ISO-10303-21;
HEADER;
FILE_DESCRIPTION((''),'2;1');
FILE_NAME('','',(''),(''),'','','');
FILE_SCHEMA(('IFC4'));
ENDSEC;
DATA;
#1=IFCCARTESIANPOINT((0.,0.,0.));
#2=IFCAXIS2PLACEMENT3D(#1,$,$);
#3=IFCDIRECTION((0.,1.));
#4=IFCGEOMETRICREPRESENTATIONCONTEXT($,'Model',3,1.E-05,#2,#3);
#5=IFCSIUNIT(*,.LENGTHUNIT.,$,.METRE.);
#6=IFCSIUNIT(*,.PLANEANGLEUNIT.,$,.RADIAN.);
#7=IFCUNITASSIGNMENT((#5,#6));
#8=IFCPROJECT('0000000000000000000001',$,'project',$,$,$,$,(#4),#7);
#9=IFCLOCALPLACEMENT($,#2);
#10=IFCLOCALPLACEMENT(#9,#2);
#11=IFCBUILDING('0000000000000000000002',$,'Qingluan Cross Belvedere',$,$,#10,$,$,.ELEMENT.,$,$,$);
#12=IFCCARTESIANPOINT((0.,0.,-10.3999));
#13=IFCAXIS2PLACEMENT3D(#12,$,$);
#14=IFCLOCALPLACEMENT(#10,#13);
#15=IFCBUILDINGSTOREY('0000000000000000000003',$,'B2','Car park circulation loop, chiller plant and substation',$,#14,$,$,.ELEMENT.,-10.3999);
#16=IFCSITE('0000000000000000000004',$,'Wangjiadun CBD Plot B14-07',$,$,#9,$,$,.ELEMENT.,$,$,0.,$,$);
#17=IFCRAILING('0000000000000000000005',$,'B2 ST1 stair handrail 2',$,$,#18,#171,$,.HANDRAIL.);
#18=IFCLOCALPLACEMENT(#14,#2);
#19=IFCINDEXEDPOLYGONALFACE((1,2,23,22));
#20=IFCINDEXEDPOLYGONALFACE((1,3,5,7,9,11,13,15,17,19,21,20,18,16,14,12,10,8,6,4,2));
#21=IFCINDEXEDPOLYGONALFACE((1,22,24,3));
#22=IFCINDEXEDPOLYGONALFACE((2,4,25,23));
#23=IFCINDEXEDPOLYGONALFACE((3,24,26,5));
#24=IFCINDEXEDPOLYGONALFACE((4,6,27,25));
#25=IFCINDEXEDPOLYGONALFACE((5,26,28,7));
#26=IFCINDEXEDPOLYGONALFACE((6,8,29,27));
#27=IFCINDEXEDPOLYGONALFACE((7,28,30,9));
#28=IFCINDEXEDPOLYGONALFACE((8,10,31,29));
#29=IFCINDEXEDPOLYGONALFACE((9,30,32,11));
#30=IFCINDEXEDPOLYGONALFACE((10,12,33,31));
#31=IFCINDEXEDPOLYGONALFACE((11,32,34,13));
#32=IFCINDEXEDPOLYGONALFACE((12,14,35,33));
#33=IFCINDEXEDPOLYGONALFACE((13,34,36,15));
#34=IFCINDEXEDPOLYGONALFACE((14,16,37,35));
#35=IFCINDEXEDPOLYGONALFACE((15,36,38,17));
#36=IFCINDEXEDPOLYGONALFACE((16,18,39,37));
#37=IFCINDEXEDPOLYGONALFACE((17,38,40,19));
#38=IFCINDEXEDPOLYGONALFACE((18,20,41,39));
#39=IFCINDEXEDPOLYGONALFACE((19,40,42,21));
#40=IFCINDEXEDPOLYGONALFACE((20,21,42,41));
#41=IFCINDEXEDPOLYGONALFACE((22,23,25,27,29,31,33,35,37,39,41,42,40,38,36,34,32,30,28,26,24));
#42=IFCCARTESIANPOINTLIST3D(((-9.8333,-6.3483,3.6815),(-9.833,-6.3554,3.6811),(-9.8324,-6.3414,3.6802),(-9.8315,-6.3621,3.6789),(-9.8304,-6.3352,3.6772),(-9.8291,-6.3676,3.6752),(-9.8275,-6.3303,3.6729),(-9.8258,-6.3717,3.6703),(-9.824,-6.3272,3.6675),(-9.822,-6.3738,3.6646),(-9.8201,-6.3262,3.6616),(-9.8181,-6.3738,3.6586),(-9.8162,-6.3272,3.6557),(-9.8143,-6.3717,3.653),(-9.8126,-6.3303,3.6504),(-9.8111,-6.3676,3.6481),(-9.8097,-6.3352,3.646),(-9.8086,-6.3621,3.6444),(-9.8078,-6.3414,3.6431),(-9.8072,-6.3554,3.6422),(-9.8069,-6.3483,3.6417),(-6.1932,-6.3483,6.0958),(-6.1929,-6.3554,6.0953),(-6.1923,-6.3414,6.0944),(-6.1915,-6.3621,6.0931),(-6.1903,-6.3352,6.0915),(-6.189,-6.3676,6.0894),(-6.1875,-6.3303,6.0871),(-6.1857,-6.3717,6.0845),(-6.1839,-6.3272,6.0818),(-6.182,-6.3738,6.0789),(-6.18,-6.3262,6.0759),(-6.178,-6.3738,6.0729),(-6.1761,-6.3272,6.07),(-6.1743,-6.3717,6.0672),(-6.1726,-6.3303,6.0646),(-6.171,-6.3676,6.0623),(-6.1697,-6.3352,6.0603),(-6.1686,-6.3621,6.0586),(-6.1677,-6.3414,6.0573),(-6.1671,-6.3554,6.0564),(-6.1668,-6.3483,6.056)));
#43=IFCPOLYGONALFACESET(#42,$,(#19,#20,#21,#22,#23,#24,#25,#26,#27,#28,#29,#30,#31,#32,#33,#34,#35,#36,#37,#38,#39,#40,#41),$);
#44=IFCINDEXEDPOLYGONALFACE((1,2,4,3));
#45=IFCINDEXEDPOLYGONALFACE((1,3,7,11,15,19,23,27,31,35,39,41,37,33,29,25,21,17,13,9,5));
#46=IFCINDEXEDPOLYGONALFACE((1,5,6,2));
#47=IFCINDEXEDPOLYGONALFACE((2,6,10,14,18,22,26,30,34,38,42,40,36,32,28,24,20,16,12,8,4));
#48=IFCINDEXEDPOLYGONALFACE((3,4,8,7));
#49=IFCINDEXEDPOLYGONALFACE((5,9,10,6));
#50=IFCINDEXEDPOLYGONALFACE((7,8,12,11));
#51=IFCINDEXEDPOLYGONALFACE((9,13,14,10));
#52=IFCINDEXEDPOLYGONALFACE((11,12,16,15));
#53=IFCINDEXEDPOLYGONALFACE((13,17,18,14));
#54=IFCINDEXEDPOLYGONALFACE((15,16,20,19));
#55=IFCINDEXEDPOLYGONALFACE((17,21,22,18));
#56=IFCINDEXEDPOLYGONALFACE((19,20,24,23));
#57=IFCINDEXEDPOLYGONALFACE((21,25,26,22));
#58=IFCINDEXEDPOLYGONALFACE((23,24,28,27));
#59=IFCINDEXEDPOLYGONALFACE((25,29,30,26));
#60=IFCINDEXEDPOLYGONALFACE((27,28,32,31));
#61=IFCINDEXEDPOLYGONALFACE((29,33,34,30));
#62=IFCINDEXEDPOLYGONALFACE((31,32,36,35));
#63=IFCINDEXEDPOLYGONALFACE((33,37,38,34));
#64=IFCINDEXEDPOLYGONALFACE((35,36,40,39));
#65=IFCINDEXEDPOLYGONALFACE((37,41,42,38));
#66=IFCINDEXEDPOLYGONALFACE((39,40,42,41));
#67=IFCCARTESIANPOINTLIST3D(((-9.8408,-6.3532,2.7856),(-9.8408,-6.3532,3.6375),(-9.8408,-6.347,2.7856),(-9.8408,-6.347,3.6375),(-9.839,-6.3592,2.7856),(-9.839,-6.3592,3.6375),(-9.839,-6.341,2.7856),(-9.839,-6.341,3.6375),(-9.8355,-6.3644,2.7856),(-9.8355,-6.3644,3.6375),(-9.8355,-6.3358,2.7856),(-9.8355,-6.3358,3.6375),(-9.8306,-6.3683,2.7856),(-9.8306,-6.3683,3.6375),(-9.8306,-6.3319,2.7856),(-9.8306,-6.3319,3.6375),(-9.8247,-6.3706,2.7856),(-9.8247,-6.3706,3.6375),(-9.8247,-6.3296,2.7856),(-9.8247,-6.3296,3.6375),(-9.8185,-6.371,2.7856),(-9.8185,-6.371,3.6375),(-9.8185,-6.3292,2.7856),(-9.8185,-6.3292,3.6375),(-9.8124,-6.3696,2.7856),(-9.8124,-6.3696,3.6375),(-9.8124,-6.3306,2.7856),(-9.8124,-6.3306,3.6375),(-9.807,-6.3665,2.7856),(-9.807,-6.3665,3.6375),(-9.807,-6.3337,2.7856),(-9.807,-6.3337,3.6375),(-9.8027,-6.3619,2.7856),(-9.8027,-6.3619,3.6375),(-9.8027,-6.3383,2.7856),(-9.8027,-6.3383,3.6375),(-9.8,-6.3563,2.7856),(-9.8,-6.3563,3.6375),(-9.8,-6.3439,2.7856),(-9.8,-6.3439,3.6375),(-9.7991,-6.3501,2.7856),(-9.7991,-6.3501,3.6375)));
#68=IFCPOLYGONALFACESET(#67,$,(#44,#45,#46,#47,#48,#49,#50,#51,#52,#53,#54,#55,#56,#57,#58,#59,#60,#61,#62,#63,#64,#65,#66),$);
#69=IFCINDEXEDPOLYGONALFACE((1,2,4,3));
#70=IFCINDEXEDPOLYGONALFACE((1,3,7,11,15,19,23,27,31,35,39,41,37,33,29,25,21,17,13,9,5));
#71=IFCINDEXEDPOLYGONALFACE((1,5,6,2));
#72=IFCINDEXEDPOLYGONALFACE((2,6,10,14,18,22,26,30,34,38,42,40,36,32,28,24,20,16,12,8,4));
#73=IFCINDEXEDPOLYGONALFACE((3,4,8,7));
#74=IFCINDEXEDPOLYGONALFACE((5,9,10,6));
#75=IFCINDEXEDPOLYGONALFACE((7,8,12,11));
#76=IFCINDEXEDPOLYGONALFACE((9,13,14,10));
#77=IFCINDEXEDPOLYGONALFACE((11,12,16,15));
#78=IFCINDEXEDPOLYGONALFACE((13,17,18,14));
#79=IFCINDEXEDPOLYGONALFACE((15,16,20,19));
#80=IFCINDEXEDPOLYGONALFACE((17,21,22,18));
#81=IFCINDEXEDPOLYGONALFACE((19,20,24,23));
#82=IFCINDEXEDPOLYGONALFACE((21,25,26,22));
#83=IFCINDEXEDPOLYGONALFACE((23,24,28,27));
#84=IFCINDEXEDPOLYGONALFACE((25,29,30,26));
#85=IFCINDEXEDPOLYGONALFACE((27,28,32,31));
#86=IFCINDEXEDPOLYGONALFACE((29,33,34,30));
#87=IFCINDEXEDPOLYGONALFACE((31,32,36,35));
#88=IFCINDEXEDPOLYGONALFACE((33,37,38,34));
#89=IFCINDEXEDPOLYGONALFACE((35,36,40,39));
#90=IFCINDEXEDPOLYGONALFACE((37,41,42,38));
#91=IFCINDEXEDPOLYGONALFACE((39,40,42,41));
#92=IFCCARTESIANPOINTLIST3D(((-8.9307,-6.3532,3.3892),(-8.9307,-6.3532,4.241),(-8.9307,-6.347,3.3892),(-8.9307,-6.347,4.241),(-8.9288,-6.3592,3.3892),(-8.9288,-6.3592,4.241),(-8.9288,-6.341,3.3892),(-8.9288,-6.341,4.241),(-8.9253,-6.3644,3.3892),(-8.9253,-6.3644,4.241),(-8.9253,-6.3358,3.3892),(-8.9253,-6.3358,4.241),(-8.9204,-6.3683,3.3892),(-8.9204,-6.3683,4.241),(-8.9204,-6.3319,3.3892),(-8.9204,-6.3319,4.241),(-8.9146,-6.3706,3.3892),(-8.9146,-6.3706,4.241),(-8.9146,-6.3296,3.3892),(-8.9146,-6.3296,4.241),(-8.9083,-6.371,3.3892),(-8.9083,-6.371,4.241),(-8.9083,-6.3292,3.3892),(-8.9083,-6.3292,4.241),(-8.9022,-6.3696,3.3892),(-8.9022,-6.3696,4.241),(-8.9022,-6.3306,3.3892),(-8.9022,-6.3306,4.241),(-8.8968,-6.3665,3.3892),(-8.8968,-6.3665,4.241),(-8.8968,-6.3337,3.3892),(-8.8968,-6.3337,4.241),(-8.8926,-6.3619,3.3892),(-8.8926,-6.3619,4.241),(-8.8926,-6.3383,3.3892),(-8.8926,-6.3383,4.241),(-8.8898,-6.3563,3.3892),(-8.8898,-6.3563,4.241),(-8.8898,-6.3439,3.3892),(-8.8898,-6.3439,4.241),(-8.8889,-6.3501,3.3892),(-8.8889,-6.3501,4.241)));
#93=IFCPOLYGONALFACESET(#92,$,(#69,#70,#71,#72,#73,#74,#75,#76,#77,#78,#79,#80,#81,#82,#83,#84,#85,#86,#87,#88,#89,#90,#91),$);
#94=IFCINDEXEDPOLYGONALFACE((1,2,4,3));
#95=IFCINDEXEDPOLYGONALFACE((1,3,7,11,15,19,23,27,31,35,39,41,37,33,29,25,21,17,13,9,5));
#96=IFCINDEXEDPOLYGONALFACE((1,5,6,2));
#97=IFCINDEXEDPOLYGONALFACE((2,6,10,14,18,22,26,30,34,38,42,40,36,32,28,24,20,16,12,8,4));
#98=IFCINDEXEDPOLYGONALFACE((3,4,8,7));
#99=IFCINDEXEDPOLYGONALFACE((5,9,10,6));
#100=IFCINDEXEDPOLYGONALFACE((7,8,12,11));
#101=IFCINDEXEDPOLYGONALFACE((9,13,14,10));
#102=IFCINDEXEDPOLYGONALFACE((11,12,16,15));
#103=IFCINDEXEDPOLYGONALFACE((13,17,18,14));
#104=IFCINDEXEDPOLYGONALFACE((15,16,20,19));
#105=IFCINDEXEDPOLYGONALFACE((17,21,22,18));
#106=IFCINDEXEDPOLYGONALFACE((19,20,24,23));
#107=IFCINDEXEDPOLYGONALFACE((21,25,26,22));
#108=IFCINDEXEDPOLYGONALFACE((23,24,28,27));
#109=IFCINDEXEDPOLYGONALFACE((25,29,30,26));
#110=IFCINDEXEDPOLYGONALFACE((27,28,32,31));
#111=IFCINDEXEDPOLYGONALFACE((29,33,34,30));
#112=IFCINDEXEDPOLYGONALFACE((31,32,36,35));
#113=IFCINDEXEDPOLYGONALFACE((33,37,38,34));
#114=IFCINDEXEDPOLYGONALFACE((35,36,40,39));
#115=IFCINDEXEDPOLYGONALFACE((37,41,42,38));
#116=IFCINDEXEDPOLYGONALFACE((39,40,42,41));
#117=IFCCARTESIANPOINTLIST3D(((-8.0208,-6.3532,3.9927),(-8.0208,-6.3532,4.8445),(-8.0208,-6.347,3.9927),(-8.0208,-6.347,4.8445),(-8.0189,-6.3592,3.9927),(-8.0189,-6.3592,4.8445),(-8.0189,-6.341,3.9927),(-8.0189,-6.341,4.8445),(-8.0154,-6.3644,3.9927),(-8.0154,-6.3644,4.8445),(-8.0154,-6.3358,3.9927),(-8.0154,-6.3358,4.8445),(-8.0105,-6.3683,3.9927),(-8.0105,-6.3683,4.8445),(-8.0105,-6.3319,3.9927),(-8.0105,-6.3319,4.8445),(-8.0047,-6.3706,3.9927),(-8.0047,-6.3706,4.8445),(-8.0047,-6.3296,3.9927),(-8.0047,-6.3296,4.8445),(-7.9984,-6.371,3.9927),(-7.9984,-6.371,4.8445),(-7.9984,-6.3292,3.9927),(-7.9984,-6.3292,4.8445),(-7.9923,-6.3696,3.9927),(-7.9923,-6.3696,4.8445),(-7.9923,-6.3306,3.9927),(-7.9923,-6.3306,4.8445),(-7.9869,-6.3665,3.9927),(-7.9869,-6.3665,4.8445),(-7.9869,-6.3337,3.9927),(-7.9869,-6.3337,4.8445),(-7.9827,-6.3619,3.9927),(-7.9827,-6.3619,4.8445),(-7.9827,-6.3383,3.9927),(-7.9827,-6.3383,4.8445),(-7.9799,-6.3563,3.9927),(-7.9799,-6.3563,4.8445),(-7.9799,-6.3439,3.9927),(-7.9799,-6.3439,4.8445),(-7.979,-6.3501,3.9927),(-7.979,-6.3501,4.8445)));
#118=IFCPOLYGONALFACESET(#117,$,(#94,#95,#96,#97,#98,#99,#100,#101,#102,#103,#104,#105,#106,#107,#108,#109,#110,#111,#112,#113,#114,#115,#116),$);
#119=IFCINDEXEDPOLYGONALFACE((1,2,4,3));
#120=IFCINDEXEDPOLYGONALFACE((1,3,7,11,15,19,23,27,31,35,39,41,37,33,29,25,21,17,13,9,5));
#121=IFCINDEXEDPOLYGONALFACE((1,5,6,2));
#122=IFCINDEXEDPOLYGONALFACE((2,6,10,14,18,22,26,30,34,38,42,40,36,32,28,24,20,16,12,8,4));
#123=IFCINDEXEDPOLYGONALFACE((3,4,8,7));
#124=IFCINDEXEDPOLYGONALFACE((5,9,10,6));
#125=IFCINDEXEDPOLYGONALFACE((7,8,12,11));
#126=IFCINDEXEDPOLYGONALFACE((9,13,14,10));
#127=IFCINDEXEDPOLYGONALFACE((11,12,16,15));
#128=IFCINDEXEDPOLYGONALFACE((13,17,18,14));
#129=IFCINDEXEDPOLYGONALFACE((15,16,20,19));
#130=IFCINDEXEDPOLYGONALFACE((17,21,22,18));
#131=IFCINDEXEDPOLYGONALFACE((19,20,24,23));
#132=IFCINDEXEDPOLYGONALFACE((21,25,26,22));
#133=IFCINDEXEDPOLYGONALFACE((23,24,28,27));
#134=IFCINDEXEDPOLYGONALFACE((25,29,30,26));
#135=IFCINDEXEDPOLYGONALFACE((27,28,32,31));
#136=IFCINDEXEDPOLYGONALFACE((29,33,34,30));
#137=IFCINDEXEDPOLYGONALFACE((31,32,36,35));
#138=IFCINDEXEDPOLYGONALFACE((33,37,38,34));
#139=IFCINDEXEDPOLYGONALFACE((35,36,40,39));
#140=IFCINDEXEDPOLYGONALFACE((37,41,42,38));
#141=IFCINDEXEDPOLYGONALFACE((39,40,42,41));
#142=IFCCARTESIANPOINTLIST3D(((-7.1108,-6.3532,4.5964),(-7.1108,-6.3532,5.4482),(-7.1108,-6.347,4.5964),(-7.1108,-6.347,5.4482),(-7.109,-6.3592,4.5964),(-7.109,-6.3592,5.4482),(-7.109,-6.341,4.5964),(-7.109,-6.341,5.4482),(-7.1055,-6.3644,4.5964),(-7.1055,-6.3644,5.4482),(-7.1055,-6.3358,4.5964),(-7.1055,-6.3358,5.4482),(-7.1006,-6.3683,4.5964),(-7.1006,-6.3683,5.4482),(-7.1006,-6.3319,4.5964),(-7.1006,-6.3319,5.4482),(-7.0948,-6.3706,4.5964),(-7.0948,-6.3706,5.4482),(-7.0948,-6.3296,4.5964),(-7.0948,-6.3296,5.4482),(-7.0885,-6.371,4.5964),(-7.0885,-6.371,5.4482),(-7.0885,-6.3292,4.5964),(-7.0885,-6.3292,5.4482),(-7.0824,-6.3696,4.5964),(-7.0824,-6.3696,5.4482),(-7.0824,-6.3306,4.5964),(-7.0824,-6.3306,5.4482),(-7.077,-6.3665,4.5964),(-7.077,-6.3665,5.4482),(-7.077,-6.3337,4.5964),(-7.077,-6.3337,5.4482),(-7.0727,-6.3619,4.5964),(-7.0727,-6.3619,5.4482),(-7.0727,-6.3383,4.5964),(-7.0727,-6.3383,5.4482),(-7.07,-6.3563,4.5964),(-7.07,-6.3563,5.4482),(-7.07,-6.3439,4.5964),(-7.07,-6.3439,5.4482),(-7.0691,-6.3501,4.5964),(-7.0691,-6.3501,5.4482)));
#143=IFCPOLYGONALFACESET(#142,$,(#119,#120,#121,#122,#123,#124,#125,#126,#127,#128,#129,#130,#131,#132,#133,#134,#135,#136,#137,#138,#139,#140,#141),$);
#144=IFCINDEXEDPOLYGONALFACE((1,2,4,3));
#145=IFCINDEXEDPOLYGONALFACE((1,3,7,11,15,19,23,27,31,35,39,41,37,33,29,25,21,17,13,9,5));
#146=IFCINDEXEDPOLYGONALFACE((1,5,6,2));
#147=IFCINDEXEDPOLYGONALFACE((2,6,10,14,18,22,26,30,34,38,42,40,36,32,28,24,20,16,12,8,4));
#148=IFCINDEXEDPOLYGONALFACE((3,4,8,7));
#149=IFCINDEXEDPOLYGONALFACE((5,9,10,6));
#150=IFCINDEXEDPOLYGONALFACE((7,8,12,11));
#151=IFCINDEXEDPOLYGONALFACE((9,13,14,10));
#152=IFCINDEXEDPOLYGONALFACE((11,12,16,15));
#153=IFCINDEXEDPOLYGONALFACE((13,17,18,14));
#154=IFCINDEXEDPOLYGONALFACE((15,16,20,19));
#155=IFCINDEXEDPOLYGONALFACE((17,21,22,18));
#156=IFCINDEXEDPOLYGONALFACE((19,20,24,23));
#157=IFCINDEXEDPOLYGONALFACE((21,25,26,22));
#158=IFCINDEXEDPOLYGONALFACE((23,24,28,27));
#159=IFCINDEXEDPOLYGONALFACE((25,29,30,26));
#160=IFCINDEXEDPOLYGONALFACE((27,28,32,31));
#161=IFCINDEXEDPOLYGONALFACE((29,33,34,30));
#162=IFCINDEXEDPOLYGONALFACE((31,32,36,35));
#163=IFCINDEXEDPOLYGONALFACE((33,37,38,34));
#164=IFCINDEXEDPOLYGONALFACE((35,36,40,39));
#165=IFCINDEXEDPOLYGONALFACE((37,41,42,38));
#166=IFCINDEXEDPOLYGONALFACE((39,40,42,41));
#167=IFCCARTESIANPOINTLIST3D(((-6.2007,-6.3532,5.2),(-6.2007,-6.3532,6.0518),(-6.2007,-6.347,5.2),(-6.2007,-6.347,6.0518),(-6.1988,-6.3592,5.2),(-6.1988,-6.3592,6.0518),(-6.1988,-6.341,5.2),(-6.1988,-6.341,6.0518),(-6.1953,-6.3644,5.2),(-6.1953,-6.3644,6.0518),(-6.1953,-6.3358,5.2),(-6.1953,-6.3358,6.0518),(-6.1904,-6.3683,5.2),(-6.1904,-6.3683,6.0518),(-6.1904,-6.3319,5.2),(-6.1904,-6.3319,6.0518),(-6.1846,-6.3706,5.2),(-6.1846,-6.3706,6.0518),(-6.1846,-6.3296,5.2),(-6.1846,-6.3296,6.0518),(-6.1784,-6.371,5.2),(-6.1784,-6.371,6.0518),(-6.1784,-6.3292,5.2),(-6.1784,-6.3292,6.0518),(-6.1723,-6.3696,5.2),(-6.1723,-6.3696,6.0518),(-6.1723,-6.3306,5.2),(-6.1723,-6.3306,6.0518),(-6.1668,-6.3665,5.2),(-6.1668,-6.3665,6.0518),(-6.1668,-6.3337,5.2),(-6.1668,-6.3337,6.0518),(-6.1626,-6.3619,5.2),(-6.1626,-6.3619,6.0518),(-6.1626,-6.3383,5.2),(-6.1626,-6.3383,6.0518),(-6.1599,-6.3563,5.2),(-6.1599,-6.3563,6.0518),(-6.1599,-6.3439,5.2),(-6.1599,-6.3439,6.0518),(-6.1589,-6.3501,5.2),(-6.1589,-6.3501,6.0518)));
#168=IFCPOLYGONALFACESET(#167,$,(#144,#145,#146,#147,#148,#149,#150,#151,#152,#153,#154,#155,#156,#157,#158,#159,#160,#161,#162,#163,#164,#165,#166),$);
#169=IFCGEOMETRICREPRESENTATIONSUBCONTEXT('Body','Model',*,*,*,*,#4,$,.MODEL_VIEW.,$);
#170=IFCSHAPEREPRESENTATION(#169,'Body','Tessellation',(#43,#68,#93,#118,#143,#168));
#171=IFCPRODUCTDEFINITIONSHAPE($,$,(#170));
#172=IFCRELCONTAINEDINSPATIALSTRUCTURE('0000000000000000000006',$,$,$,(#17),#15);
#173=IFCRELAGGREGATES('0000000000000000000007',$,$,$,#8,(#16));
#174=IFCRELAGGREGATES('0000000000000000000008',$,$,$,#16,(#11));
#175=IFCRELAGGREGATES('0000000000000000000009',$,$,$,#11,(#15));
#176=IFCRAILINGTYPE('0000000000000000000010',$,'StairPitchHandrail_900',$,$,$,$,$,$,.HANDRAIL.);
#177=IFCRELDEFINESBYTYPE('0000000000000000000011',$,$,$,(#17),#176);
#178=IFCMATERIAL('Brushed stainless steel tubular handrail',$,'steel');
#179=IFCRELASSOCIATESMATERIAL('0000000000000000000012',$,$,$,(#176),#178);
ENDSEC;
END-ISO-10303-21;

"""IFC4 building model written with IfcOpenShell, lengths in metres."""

from ifc_helpers import new_model, si_unit, direction, frame, origin, origin_2d, place, context, subcontext, project, spatial, circle, extrude, material, type_object, element, save


model = new_model("IFC4")

# Units and contexts
model_context = context("Model", 3, precision=1e-05, world=origin(), true_north=direction((0.0, 1.0)))
body_context = subcontext(model_context, "Body", "Model", "MODEL_VIEW")
ifc_project = project(units=[si_unit("LENGTHUNIT", "METRE"), si_unit("PLANEANGLEUNIT", "RADIAN")], contexts=[model_context])

# Site, building, storey
site_placement = place(None, origin())
site = spatial("IfcSite", under=ifc_project, at=site_placement, Name="Wangjiadun CBD Plot B14-07", CompositionType="ELEMENT", RefElevation=0.0)
building_placement = place(site_placement, origin())
building = spatial("IfcBuilding", under=site, at=building_placement, Name="Qingluan Cross Belvedere", CompositionType="ELEMENT")
storey_placement = place(building_placement, frame((0.0, 0.0, -10.3999)))
storey = spatial("IfcBuildingStorey", under=building, at=storey_placement, Name="B2", Description="Car park circulation loop, chiller plant and substation", CompositionType="ELEMENT", Elevation=-10.3999)

# Railing
ifc_material_1 = material(Name="Brushed stainless steel tubular handrail", Category="steel")
railing_type_1 = type_object("IfcRailingType", Name="StairPitchHandrail_900", PredefinedType="HANDRAIL", material=ifc_material_1)
railing_1_placement = place(storey_placement, frame((-9.8201, -6.3501, 2.7856)))
element("IfcRailing", 1, at=railing_1_placement, inside=storey, type_object=railing_type_1, Name="B2 ST1 stair handrail 2", PredefinedType="HANDRAIL", context=body_context, shape_type="SweptSolid", body=[
    extrude(circle(Radius=0.0239, at=origin_2d()), frame((0.0, 0.0, 0.876), z_axis=(0.833364, 0.0, 0.552725), x_axis=(0.0, 1.0, 0.0)), (0.0, 0.0, 1.0), 4.3679),
    extrude(circle(Radius=0.021, at=origin_2d()), origin(), (0.0, 0.0, 1.0), 0.8518),
    extrude(circle(Radius=0.021, at=origin_2d()), frame((0.9102, 0.0, 0.6035)), (0.0, 0.0, 1.0), 0.8518),
    extrude(circle(Radius=0.021, at=origin_2d()), frame((1.8201, 0.0, 1.207)), (0.0, 0.0, 1.0), 0.8518),
    extrude(circle(Radius=0.021, at=origin_2d()), frame((2.73, 0.0, 1.8108)), (0.0, 0.0, 1.0), 0.8518),
    extrude(circle(Radius=0.021, at=origin_2d()), frame((3.6401, 0.0, 2.4143)), (0.0, 0.0, 1.0), 0.8518),
])

save(model, "model.ifc")
